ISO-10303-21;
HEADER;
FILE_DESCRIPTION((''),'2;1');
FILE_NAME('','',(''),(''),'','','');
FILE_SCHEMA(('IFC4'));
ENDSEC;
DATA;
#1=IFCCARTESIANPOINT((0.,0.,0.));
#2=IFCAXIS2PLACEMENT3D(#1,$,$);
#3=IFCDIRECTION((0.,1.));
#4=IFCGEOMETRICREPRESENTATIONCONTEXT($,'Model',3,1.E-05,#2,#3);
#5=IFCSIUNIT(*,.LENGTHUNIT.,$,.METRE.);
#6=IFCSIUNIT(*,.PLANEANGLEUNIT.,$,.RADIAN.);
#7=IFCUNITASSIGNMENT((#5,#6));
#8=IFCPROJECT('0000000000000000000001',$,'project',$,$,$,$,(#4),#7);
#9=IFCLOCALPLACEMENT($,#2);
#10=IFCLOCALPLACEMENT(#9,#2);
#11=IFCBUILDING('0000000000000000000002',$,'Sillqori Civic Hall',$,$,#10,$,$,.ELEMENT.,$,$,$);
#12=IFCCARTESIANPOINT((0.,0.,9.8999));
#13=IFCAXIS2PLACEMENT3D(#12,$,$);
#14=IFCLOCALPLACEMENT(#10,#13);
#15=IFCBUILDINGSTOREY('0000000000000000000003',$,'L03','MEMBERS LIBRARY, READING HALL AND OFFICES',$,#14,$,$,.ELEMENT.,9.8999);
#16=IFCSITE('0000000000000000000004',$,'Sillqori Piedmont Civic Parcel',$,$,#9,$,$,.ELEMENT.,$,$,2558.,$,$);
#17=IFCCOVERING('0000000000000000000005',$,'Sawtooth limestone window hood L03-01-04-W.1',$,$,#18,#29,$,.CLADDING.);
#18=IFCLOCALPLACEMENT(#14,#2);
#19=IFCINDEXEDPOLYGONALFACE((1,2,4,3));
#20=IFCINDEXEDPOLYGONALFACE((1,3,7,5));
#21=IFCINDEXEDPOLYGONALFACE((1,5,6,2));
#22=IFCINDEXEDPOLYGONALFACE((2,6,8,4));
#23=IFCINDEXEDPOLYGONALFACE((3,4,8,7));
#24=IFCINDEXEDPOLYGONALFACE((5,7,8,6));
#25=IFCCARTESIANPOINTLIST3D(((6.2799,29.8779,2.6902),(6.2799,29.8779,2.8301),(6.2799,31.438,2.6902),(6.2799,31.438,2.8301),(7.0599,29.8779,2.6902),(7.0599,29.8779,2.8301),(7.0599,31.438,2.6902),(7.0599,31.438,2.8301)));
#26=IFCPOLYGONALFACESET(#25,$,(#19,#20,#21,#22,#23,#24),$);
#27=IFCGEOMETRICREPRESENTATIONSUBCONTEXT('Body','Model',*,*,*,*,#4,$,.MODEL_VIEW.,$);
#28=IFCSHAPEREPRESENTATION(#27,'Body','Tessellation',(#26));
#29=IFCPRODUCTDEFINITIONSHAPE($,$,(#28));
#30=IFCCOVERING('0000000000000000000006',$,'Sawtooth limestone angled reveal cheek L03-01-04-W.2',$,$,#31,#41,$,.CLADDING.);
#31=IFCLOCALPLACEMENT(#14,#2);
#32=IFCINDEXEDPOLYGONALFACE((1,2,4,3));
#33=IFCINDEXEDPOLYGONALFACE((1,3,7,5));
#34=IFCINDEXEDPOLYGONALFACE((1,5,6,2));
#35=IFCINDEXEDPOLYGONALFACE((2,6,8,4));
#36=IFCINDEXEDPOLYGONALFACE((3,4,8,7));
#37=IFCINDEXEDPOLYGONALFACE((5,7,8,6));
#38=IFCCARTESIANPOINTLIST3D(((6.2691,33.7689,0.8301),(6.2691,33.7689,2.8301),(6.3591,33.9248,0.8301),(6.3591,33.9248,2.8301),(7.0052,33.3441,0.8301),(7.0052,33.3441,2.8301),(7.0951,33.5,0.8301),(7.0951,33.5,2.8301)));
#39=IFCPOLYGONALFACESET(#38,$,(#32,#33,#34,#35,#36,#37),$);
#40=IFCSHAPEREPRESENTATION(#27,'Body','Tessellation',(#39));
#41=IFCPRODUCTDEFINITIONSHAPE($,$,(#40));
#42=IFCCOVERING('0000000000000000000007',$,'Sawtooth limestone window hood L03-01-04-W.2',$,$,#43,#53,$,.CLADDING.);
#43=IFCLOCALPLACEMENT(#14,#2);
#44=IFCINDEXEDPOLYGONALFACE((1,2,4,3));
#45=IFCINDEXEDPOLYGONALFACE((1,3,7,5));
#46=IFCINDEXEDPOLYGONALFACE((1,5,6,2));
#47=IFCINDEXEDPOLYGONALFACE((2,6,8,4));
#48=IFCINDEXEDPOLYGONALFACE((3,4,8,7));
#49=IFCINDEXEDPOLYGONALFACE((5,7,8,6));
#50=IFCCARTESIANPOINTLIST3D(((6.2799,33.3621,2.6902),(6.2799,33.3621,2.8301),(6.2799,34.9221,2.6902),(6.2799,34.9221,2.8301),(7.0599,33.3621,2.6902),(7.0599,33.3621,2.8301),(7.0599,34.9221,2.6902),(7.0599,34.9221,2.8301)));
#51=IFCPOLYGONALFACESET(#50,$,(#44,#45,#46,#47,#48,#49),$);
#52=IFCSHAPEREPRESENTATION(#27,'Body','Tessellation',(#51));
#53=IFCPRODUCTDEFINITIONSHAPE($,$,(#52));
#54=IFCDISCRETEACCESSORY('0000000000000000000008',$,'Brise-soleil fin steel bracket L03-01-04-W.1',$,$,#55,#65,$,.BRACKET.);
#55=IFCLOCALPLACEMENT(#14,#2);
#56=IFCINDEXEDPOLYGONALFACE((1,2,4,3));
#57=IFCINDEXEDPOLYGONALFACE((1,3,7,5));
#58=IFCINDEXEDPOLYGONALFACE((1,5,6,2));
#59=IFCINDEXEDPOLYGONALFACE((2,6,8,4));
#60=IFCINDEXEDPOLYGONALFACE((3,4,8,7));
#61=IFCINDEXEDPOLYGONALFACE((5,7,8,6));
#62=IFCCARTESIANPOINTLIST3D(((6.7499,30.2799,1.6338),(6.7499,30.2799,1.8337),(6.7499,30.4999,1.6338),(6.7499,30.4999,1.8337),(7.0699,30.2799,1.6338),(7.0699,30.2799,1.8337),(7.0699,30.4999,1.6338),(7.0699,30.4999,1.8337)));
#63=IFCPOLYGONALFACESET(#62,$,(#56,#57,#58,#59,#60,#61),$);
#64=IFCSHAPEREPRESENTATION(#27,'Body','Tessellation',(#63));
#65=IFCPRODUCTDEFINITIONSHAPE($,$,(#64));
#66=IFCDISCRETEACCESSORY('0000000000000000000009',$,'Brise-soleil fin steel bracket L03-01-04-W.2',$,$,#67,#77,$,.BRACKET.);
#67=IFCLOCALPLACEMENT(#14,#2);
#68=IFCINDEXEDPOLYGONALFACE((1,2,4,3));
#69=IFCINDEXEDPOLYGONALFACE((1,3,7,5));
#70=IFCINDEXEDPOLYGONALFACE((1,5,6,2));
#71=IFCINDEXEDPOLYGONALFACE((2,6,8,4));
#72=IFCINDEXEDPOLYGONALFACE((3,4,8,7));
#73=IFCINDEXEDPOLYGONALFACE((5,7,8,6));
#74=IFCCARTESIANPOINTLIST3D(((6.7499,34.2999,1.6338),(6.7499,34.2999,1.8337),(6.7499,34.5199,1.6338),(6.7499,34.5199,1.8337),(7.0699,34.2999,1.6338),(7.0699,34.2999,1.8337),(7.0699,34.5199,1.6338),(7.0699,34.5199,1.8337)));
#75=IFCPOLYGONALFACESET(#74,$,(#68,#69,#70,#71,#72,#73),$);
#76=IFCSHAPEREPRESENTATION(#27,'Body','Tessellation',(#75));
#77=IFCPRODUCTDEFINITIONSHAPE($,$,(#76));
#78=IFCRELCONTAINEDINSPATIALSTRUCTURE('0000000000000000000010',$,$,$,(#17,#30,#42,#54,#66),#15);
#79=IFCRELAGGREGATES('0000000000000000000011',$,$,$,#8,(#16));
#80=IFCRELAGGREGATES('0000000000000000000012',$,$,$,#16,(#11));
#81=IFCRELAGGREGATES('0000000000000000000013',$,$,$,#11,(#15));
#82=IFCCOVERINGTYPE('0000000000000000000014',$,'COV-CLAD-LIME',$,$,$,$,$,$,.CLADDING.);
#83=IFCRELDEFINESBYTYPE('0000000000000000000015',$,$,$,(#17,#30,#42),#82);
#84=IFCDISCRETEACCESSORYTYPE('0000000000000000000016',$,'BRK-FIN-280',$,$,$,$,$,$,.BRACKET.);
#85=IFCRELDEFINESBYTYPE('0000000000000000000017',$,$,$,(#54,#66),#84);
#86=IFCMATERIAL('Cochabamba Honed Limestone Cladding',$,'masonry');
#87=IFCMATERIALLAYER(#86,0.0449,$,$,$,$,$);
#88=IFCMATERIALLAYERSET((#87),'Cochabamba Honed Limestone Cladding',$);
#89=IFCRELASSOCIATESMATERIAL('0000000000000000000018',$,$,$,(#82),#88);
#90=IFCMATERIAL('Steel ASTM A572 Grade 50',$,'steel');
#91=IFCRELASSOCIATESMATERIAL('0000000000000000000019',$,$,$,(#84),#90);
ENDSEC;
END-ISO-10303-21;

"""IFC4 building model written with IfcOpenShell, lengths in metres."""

from ifc_helpers import new_model, si_unit, direction, frame, frame_2d, origin, origin_2d, place, context, subcontext, project, spatial, rectangle, extrude, material, layer, layer_set, type_object, element, save


model = new_model("IFC4")

# Units and contexts
model_context = context("Model", 3, precision=1e-05, world=origin(), true_north=direction((0.0, 1.0)))
body_context = subcontext(model_context, "Body", "Model", "MODEL_VIEW")
ifc_project = project(units=[si_unit("LENGTHUNIT", "METRE"), si_unit("PLANEANGLEUNIT", "RADIAN")], contexts=[model_context])

# Site, building, storey
site_placement = place(None, origin())
site = spatial("IfcSite", under=ifc_project, at=site_placement, Name="Sillqori Piedmont Civic Parcel", CompositionType="ELEMENT", RefElevation=2558.0)
building_placement = place(site_placement, origin())
building = spatial("IfcBuilding", under=site, at=building_placement, Name="Sillqori Civic Hall", CompositionType="ELEMENT")
storey_placement = place(building_placement, frame((0.0, 0.0, 9.8999)))
storey = spatial("IfcBuildingStorey", under=building, at=storey_placement, Name="L03", Description="MEMBERS LIBRARY, READING HALL AND OFFICES", CompositionType="ELEMENT", Elevation=9.8999)

# Coverings
ifc_material_1 = material(Name="Cochabamba Honed Limestone Cladding", Category="masonry")
ifc_layer_1 = layer(ifc_material_1, 0.0449)
ifc_layer_set_1 = layer_set([ifc_layer_1], Name="Cochabamba Honed Limestone Cladding")
covering_type = type_object("IfcCoveringType", Name="COV-CLAD-LIME", PredefinedType="CLADDING", material=ifc_layer_set_1)
covering_1_placement = place(storey_placement, frame((6.6699, 29.8779, 2.6902), z_axis=(0.0, 0.0, 1.0), x_axis=(0.0, 1.0, 0.0)))
element("IfcCovering", 1, at=covering_1_placement, inside=storey, type_object=covering_type, Name="Sawtooth limestone window hood L03-01-04-W.1", PredefinedType="CLADDING", context=body_context, shape_type="SweptSolid", body=[
    extrude(rectangle(XDim=1.5601, YDim=0.78, at=frame_2d((0.78, 0.0))), origin(), (0.0, 0.0, 1.0), 0.1399),
])
covering_2_placement = place(storey_placement, frame((7.05, 33.4221, 0.8301), z_axis=(0.0, 0.0, 1.0), x_axis=(-0.866114, 0.499847, 0.0)))
element("IfcCovering", 2, at=covering_2_placement, inside=storey, type_object=covering_type, Name="Sawtooth limestone angled reveal cheek L03-01-04-W.2", PredefinedType="CLADDING", context=body_context, shape_type="SweptSolid", body=[
    extrude(rectangle(XDim=0.8499, YDim=0.1799, at=frame_2d((0.4248, 0.0))), origin(), (0.0, 0.0, 1.0), 2.0),
])
covering_3_placement = place(storey_placement, frame((6.6699, 33.3621, 2.6902), z_axis=(0.0, 0.0, 1.0), x_axis=(0.0, 1.0, 0.0)))
element("IfcCovering", 3, at=covering_3_placement, inside=storey, type_object=covering_type, Name="Sawtooth limestone window hood L03-01-04-W.2", PredefinedType="CLADDING", context=body_context, shape_type="SweptSolid", body=[
    extrude(rectangle(XDim=1.5601, YDim=0.78, at=frame_2d((0.78, 0.0))), origin(), (0.0, 0.0, 1.0), 0.1399),
])

# Discrete accessories
ifc_material_2 = material(Name="Steel ASTM A572 Grade 50", Category="steel")
discrete_accessory_type = type_object("IfcDiscreteAccessoryType", Name="BRK-FIN-280", PredefinedType="BRACKET", material=ifc_material_2)
for number, where, z_axis, x_axis, name in (
    (4, (6.9099, 30.3899, 1.6338), (0.0, 0.0, 1.0), (0.0, 1.0, 0.0), "Brise-soleil fin steel bracket L03-01-04-W.1"),
    (5, (6.9099, 34.4099, 1.6338), (0.0, 0.0, 1.0), (0.0, 1.0, 0.0), "Brise-soleil fin steel bracket L03-01-04-W.2"),
):
    element("IfcDiscreteAccessory", number, at=place(storey_placement, frame(where, z_axis=z_axis, x_axis=x_axis)), inside=storey, type_object=discrete_accessory_type, Name=name, PredefinedType="BRACKET", context=body_context, shape_type="SweptSolid", body=[
        extrude(rectangle(XDim=0.22, YDim=0.3201, at=origin_2d()), origin(), (0.0, 0.0, 1.0), 0.2),
    ])

save(model, "model.ifc")
